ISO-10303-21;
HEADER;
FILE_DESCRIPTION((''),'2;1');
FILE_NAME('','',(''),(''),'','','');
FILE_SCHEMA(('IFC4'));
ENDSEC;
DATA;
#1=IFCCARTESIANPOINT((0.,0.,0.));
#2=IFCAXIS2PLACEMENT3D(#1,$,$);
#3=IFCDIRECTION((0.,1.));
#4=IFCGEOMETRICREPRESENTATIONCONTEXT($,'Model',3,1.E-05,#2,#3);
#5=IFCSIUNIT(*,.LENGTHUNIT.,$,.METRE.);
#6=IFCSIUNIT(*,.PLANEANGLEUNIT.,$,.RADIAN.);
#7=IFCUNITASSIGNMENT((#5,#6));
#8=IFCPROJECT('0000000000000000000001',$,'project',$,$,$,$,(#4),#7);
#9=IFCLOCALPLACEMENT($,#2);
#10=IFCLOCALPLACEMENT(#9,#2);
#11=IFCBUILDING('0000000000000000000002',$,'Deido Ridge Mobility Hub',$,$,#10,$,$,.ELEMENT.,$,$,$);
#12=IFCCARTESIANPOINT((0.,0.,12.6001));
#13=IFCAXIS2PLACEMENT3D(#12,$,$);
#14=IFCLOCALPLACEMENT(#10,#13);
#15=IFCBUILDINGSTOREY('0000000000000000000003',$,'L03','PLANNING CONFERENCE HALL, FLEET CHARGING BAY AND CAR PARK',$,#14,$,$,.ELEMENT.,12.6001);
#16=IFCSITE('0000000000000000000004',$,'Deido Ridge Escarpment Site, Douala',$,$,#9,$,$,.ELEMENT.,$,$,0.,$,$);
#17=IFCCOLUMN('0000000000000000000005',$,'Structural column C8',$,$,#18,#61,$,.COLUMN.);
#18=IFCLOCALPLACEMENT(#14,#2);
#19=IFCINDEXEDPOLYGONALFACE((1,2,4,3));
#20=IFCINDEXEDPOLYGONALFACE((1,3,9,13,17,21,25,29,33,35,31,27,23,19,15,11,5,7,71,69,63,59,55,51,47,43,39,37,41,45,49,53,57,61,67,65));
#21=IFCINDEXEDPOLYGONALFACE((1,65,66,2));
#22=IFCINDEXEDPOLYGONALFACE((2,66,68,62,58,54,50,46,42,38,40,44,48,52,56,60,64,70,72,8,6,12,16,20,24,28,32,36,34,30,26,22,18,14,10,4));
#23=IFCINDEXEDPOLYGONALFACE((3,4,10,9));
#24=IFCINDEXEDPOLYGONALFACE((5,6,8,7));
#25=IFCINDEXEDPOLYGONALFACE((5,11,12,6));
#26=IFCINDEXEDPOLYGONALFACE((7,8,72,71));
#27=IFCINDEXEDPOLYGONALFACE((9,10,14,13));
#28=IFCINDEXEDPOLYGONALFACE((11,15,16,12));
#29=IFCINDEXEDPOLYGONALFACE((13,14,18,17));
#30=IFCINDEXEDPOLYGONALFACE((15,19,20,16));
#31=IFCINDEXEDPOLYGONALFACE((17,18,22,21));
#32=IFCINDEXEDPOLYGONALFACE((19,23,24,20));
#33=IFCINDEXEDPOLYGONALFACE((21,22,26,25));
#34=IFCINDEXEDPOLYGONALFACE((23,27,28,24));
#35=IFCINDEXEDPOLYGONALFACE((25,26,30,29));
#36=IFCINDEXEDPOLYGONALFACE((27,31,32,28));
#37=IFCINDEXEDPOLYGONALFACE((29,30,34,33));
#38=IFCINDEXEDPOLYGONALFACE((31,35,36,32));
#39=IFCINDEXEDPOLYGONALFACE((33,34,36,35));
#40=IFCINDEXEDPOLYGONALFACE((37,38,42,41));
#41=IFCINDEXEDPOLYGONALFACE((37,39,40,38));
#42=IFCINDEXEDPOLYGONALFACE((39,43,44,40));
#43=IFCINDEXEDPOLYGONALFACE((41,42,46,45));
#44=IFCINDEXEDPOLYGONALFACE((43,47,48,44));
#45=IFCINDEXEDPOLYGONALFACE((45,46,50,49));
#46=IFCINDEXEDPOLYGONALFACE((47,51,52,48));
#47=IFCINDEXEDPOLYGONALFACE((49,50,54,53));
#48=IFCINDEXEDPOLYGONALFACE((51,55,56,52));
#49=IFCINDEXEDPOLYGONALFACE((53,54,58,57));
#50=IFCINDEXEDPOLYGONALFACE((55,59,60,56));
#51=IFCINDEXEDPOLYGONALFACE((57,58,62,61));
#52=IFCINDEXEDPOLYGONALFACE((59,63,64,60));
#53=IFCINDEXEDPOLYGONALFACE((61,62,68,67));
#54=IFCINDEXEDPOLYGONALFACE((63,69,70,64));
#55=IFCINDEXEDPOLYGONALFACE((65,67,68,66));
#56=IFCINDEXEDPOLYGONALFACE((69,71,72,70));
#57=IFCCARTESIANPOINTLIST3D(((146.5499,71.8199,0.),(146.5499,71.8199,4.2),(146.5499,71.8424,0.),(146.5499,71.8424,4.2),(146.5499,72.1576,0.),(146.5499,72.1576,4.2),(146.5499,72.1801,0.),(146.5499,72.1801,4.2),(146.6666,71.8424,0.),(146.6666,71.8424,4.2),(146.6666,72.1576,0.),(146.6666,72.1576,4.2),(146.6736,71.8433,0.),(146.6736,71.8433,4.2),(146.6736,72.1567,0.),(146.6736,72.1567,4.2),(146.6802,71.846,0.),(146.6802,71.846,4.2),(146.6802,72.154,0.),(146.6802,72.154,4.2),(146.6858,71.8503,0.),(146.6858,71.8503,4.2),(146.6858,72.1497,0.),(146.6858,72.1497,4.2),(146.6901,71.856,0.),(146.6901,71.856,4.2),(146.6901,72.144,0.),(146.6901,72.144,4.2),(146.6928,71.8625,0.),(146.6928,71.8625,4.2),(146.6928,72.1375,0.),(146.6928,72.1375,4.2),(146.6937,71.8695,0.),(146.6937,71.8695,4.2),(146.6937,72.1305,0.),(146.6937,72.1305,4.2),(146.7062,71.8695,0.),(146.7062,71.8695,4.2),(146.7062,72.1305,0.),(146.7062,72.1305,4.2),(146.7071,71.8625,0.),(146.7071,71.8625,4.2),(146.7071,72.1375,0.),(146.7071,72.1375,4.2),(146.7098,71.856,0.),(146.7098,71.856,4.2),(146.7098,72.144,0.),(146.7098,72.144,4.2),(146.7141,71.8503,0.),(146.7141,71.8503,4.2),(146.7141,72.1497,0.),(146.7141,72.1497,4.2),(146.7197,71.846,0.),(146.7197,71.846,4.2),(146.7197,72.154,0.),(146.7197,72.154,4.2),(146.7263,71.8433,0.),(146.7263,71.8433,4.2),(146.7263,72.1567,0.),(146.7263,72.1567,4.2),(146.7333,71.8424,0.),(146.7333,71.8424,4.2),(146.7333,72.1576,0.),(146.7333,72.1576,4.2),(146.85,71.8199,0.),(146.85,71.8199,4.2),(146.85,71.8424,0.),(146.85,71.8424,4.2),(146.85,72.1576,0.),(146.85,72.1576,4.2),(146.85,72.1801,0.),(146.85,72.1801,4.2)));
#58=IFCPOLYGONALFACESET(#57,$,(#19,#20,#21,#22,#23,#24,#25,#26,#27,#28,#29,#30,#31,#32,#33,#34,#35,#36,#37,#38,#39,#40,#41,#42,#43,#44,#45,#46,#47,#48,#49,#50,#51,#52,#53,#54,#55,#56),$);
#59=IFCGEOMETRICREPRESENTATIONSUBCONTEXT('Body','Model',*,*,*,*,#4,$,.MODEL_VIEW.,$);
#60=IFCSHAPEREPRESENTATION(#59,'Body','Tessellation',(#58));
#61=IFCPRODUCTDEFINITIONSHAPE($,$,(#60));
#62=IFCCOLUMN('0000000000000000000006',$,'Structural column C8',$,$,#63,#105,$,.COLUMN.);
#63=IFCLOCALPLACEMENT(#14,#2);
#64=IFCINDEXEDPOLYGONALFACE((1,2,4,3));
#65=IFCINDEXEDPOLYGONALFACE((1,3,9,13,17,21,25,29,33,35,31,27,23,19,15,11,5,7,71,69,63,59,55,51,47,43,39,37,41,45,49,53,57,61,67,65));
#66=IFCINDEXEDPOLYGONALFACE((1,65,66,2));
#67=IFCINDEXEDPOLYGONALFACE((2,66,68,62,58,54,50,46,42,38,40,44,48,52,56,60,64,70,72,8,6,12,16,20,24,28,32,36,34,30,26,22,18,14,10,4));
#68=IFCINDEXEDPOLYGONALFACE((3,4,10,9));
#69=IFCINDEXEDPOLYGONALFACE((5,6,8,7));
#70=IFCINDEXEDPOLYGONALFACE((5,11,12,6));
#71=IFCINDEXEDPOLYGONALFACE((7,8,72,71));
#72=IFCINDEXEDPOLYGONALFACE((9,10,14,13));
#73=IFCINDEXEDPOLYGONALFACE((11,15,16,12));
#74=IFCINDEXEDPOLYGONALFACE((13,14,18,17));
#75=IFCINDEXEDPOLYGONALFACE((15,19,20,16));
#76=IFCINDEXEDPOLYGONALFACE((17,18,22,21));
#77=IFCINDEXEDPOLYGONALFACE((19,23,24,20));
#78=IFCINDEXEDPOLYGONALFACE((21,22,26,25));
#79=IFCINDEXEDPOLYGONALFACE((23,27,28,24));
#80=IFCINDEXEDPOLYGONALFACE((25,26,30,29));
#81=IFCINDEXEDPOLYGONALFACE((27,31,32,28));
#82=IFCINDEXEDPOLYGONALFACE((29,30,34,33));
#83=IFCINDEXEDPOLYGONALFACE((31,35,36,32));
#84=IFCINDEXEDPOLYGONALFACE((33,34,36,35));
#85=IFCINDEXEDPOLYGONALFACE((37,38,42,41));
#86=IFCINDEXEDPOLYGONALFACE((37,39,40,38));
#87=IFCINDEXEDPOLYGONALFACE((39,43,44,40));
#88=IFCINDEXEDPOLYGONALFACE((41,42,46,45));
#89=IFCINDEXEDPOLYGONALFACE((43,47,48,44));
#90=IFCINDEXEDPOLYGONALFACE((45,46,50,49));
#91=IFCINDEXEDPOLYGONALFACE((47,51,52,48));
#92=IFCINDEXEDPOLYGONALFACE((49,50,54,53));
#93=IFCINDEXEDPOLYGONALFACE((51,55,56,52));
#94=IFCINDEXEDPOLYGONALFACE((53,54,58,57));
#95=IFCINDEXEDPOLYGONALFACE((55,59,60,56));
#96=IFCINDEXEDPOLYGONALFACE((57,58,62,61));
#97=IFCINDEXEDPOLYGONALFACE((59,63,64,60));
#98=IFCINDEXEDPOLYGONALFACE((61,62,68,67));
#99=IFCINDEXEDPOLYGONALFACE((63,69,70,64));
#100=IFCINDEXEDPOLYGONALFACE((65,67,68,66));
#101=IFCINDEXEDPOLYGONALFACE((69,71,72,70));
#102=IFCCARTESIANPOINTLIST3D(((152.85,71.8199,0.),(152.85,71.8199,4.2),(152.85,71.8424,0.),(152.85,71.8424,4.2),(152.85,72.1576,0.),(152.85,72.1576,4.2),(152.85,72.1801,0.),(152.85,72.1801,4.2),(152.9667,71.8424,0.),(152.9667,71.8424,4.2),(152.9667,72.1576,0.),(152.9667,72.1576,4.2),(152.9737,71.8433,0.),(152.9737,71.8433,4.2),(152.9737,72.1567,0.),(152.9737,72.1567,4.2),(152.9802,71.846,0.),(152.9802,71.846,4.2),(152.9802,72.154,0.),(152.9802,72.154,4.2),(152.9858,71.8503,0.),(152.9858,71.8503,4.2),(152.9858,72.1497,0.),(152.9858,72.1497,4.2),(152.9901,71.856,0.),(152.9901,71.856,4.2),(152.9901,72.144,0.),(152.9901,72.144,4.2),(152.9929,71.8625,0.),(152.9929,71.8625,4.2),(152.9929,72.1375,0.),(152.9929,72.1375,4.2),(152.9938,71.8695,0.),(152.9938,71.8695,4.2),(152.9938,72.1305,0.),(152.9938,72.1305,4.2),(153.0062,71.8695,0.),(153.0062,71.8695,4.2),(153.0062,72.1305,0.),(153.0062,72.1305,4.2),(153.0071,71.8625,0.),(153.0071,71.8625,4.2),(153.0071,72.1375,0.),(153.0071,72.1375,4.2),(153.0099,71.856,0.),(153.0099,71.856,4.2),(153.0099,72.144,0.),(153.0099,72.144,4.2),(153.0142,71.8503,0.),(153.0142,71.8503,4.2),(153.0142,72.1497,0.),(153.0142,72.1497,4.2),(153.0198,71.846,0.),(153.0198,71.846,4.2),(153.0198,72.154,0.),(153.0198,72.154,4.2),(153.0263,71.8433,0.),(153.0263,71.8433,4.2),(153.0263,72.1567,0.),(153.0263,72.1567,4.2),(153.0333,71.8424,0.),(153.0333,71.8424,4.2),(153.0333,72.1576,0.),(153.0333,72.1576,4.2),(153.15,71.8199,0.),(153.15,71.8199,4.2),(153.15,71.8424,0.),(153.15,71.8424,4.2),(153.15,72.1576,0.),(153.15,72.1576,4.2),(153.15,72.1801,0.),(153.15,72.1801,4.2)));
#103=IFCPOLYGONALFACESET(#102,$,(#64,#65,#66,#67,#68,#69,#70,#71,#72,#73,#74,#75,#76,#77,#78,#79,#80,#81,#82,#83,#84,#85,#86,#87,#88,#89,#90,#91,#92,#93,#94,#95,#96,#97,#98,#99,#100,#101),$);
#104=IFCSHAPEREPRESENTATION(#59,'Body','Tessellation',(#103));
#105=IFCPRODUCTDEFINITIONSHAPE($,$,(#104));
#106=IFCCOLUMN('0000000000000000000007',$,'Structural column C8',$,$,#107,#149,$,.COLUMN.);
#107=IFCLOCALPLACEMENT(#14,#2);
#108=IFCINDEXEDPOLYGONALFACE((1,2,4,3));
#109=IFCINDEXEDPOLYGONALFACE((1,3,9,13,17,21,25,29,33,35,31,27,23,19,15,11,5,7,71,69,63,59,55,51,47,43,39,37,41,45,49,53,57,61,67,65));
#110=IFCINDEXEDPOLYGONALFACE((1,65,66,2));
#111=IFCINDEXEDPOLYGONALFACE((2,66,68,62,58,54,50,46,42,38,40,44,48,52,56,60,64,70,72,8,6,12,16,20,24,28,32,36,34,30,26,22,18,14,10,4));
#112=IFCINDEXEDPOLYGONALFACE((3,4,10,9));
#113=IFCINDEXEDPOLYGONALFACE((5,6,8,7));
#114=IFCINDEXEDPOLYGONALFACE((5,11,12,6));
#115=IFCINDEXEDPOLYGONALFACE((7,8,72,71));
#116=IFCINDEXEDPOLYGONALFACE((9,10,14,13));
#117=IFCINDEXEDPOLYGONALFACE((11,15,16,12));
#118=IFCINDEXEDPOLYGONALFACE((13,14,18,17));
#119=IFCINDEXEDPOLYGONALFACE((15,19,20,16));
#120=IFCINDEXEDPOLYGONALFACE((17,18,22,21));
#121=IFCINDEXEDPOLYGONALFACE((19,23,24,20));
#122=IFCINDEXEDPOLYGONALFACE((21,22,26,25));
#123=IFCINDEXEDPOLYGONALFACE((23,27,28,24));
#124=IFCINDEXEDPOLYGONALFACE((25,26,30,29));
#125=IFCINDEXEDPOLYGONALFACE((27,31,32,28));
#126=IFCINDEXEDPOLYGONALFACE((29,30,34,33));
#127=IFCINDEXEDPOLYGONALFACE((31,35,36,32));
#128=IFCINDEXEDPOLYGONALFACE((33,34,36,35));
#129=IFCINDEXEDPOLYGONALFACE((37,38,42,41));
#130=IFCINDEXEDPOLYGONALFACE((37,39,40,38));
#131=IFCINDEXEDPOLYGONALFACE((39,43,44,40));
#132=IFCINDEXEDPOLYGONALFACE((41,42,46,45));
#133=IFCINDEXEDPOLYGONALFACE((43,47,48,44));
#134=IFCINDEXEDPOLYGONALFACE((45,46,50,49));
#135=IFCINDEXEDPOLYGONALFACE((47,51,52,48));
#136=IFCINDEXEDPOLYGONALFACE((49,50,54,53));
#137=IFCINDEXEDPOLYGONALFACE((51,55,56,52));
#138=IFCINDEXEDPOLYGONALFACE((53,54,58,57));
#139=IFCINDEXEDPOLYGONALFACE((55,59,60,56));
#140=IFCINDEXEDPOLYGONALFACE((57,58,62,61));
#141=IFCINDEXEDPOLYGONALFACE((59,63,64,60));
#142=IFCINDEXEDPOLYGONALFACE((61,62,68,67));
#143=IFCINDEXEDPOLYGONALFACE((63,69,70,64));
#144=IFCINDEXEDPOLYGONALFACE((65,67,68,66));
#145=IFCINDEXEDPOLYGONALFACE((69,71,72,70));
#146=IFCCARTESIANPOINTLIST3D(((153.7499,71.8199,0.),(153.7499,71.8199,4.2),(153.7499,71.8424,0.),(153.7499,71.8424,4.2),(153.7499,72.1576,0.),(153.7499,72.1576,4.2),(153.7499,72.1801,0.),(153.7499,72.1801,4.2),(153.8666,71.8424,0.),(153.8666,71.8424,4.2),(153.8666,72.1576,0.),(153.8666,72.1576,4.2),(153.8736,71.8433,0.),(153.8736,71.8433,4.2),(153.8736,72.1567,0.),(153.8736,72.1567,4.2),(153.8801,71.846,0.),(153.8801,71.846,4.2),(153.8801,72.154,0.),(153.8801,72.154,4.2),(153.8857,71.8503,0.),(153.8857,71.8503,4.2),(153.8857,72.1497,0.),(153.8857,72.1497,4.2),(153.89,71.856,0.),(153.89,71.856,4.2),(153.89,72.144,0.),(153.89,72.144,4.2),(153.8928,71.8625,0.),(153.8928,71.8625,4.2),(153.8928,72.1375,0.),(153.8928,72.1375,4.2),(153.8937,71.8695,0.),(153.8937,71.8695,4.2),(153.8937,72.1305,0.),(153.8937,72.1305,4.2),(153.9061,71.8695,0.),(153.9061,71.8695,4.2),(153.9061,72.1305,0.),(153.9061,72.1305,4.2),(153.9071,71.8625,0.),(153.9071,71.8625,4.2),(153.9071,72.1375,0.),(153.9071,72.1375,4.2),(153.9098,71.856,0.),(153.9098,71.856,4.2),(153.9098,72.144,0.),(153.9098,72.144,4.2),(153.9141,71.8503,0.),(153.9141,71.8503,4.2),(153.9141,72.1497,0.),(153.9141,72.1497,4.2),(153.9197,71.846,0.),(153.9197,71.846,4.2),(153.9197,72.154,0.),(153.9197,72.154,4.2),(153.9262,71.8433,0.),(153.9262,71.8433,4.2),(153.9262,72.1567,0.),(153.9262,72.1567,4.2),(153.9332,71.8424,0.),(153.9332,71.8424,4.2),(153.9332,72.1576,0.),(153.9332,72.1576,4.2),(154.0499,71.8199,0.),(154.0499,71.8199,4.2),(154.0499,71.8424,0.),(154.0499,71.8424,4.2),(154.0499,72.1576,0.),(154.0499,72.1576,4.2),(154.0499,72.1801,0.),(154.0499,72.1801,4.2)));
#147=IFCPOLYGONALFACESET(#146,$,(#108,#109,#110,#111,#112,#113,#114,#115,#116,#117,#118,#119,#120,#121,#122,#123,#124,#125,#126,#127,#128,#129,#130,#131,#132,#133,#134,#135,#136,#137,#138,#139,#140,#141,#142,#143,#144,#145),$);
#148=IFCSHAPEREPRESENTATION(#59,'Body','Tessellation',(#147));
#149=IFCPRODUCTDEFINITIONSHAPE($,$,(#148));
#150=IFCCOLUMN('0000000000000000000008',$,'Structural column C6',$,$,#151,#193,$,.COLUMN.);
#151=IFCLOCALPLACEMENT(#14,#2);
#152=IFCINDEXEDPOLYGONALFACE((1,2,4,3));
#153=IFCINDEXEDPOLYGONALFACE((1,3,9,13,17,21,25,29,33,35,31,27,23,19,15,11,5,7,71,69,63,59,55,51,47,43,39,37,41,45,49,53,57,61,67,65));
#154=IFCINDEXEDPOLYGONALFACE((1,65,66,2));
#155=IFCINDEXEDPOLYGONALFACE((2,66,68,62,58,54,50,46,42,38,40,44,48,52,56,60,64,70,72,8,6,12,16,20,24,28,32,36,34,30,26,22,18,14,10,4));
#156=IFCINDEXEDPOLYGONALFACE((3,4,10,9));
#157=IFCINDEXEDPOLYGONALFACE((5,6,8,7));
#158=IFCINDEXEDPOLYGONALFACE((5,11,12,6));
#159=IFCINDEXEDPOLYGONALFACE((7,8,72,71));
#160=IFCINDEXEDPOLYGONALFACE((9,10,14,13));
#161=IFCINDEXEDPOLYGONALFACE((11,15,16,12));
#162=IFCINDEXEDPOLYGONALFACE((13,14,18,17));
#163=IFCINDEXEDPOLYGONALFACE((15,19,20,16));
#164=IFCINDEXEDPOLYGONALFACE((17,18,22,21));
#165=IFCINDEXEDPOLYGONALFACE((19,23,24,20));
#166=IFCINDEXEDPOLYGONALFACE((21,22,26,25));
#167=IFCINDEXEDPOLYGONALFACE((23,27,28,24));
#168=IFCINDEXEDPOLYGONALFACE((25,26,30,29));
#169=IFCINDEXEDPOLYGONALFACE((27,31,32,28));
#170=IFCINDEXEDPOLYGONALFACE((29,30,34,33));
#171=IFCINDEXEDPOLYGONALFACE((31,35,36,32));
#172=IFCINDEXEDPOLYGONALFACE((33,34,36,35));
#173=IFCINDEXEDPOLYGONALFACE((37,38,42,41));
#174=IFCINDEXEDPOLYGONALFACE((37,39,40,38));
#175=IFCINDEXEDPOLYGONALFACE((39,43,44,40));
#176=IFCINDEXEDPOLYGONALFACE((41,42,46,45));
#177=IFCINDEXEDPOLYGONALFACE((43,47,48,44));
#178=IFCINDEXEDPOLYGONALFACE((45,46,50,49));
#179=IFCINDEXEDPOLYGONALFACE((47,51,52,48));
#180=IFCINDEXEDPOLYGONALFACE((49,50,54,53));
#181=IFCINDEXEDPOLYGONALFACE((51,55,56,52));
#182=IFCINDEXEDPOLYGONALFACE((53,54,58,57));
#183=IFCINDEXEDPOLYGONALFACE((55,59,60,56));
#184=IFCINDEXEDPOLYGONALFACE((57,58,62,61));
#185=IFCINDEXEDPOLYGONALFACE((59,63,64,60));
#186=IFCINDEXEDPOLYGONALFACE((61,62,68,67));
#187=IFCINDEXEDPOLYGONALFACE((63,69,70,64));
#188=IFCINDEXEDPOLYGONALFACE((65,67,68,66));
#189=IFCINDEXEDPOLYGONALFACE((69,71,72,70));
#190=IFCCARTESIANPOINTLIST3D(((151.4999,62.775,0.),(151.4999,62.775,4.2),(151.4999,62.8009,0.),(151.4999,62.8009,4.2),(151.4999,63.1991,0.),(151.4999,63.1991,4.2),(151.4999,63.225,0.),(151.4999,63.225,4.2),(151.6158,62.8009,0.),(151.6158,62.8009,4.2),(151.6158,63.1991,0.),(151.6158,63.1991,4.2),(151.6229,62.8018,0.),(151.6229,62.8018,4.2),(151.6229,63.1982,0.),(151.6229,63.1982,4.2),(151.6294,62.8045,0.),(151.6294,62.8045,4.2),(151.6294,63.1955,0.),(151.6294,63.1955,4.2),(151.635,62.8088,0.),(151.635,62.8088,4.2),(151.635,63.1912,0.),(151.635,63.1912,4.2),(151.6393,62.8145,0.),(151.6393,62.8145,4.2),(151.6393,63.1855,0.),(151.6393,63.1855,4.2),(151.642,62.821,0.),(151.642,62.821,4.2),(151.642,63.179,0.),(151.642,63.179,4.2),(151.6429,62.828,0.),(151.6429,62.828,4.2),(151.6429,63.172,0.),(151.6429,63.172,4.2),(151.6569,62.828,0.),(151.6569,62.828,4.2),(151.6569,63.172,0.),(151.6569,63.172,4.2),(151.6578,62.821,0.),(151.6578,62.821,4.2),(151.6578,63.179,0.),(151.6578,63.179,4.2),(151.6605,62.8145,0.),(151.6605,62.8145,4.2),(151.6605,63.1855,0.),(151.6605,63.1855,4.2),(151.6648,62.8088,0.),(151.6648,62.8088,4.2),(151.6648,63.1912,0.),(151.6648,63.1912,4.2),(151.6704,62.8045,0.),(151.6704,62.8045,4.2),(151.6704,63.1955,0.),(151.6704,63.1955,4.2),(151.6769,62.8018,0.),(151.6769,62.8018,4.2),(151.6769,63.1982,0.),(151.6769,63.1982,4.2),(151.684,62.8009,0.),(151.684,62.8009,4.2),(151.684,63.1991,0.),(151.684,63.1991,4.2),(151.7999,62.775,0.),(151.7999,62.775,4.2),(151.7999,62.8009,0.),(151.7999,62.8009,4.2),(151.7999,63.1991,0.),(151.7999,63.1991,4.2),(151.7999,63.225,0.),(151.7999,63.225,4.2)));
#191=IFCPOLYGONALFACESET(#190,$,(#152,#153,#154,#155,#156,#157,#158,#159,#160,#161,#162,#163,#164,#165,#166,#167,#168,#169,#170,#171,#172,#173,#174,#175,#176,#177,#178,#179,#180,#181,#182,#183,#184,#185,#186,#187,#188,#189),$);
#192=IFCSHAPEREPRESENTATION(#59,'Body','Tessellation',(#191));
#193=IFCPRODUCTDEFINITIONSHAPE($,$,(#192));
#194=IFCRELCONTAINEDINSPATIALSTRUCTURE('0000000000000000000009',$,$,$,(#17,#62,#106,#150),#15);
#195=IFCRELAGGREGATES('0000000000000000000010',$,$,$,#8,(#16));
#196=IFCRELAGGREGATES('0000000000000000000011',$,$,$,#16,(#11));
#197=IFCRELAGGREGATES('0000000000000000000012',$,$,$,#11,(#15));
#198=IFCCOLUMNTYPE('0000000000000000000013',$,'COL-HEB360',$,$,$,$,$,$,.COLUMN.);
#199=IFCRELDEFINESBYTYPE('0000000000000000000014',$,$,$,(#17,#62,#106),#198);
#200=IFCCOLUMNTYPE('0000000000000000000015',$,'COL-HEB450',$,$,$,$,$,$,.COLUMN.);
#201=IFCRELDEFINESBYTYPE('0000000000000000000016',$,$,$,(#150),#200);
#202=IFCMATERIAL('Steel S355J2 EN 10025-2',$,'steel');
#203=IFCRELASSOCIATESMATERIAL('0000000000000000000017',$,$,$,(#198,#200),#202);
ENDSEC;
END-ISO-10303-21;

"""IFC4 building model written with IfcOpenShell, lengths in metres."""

from ifc_helpers import new_model, si_unit, direction, frame, origin, origin_2d, place, context, subcontext, project, spatial, i_section, extrude, material, material_profile, profile_set, type_object, element, save


model = new_model("IFC4")

# Units and contexts
model_context = context("Model", 3, precision=1e-05, world=origin(), true_north=direction((0.0, 1.0)))
body_context = subcontext(model_context, "Body", "Model", "MODEL_VIEW")
ifc_project = project(units=[si_unit("LENGTHUNIT", "METRE"), si_unit("PLANEANGLEUNIT", "RADIAN")], contexts=[model_context])

# Site, building, storey
site_placement = place(None, origin())
site = spatial("IfcSite", under=ifc_project, at=site_placement, Name="Deido Ridge Escarpment Site, Douala", CompositionType="ELEMENT", RefElevation=0.0)
building_placement = place(site_placement, origin())
building = spatial("IfcBuilding", under=site, at=building_placement, Name="Deido Ridge Mobility Hub", CompositionType="ELEMENT")
storey_placement = place(building_placement, frame((0.0, 0.0, 12.6001)))
storey = spatial("IfcBuildingStorey", under=building, at=storey_placement, Name="L03", Description="PLANNING CONFERENCE HALL, FLEET CHARGING BAY AND CAR PARK", CompositionType="ELEMENT", Elevation=12.6001)

# Columns
ifc_material_1 = material(Name="Steel S355J2 EN 10025-2", Category="steel")
ifc_material_profile_1 = material_profile(ifc_material_1, i_section(OverallWidth=0.3, OverallDepth=0.3601, WebThickness=0.0125, FlangeThickness=0.0225, FilletRadius=0.0271, at=origin_2d()), Name="HEB 360")
ifc_profile_set_1 = profile_set([ifc_material_profile_1], Name="Steel S355J2 EN 10025-2")
column_type_1 = type_object("IfcColumnType", Name="COL-HEB360", PredefinedType="COLUMN", material=ifc_profile_set_1)
for number, where, z_axis, x_axis, name in (
    (1, (146.7, 72.0, 0.0), (0.0, 0.0, 1.0), (1.0, 0.0, 0.0), "Structural column C8"),
    (2, (153.0, 72.0, 0.0), (0.0, 0.0, 1.0), (1.0, 0.0, 0.0), "Structural column C8"),
    (3, (153.8999, 72.0, 0.0), (0.0, 0.0, 1.0), (1.0, 0.0, 0.0), "Structural column C8"),
):
    element("IfcColumn", number, at=place(storey_placement, frame(where, z_axis=z_axis, x_axis=x_axis)), inside=storey, type_object=column_type_1, Name=name, PredefinedType="COLUMN", context=body_context, shape_type="SweptSolid", body=[
        extrude(i_section(OverallWidth=0.3, OverallDepth=0.3601, WebThickness=0.0125, FlangeThickness=0.0225, FilletRadius=0.0271, at=origin_2d()), origin(), (0.0, 0.0, 1.0), 4.2),
    ])
ifc_material_profile_2 = material_profile(ifc_material_1, i_section(OverallWidth=0.3, OverallDepth=0.45, WebThickness=0.0139, FlangeThickness=0.0259, FilletRadius=0.0271, at=origin_2d()), Name="HEB 450")
ifc_profile_set_2 = profile_set([ifc_material_profile_2], Name="Steel S355J2 EN 10025-2")
column_type_2 = type_object("IfcColumnType", Name="COL-HEB450", PredefinedType="COLUMN", material=ifc_profile_set_2)
for number, where, z_axis, x_axis, name in (
    (4, (151.6499, 63.0, 0.0), (0.0, 0.0, 1.0), (1.0, 0.0, 0.0), "Structural column C6"),
):
    element("IfcColumn", number, at=place(storey_placement, frame(where, z_axis=z_axis, x_axis=x_axis)), inside=storey, type_object=column_type_2, Name=name, PredefinedType="COLUMN", context=body_context, shape_type="SweptSolid", body=[
        extrude(i_section(OverallWidth=0.3, OverallDepth=0.45, WebThickness=0.0139, FlangeThickness=0.0259, FilletRadius=0.0271, at=origin_2d()), origin(), (0.0, 0.0, 1.0), 4.2),
    ])

save(model, "model.ifc")
